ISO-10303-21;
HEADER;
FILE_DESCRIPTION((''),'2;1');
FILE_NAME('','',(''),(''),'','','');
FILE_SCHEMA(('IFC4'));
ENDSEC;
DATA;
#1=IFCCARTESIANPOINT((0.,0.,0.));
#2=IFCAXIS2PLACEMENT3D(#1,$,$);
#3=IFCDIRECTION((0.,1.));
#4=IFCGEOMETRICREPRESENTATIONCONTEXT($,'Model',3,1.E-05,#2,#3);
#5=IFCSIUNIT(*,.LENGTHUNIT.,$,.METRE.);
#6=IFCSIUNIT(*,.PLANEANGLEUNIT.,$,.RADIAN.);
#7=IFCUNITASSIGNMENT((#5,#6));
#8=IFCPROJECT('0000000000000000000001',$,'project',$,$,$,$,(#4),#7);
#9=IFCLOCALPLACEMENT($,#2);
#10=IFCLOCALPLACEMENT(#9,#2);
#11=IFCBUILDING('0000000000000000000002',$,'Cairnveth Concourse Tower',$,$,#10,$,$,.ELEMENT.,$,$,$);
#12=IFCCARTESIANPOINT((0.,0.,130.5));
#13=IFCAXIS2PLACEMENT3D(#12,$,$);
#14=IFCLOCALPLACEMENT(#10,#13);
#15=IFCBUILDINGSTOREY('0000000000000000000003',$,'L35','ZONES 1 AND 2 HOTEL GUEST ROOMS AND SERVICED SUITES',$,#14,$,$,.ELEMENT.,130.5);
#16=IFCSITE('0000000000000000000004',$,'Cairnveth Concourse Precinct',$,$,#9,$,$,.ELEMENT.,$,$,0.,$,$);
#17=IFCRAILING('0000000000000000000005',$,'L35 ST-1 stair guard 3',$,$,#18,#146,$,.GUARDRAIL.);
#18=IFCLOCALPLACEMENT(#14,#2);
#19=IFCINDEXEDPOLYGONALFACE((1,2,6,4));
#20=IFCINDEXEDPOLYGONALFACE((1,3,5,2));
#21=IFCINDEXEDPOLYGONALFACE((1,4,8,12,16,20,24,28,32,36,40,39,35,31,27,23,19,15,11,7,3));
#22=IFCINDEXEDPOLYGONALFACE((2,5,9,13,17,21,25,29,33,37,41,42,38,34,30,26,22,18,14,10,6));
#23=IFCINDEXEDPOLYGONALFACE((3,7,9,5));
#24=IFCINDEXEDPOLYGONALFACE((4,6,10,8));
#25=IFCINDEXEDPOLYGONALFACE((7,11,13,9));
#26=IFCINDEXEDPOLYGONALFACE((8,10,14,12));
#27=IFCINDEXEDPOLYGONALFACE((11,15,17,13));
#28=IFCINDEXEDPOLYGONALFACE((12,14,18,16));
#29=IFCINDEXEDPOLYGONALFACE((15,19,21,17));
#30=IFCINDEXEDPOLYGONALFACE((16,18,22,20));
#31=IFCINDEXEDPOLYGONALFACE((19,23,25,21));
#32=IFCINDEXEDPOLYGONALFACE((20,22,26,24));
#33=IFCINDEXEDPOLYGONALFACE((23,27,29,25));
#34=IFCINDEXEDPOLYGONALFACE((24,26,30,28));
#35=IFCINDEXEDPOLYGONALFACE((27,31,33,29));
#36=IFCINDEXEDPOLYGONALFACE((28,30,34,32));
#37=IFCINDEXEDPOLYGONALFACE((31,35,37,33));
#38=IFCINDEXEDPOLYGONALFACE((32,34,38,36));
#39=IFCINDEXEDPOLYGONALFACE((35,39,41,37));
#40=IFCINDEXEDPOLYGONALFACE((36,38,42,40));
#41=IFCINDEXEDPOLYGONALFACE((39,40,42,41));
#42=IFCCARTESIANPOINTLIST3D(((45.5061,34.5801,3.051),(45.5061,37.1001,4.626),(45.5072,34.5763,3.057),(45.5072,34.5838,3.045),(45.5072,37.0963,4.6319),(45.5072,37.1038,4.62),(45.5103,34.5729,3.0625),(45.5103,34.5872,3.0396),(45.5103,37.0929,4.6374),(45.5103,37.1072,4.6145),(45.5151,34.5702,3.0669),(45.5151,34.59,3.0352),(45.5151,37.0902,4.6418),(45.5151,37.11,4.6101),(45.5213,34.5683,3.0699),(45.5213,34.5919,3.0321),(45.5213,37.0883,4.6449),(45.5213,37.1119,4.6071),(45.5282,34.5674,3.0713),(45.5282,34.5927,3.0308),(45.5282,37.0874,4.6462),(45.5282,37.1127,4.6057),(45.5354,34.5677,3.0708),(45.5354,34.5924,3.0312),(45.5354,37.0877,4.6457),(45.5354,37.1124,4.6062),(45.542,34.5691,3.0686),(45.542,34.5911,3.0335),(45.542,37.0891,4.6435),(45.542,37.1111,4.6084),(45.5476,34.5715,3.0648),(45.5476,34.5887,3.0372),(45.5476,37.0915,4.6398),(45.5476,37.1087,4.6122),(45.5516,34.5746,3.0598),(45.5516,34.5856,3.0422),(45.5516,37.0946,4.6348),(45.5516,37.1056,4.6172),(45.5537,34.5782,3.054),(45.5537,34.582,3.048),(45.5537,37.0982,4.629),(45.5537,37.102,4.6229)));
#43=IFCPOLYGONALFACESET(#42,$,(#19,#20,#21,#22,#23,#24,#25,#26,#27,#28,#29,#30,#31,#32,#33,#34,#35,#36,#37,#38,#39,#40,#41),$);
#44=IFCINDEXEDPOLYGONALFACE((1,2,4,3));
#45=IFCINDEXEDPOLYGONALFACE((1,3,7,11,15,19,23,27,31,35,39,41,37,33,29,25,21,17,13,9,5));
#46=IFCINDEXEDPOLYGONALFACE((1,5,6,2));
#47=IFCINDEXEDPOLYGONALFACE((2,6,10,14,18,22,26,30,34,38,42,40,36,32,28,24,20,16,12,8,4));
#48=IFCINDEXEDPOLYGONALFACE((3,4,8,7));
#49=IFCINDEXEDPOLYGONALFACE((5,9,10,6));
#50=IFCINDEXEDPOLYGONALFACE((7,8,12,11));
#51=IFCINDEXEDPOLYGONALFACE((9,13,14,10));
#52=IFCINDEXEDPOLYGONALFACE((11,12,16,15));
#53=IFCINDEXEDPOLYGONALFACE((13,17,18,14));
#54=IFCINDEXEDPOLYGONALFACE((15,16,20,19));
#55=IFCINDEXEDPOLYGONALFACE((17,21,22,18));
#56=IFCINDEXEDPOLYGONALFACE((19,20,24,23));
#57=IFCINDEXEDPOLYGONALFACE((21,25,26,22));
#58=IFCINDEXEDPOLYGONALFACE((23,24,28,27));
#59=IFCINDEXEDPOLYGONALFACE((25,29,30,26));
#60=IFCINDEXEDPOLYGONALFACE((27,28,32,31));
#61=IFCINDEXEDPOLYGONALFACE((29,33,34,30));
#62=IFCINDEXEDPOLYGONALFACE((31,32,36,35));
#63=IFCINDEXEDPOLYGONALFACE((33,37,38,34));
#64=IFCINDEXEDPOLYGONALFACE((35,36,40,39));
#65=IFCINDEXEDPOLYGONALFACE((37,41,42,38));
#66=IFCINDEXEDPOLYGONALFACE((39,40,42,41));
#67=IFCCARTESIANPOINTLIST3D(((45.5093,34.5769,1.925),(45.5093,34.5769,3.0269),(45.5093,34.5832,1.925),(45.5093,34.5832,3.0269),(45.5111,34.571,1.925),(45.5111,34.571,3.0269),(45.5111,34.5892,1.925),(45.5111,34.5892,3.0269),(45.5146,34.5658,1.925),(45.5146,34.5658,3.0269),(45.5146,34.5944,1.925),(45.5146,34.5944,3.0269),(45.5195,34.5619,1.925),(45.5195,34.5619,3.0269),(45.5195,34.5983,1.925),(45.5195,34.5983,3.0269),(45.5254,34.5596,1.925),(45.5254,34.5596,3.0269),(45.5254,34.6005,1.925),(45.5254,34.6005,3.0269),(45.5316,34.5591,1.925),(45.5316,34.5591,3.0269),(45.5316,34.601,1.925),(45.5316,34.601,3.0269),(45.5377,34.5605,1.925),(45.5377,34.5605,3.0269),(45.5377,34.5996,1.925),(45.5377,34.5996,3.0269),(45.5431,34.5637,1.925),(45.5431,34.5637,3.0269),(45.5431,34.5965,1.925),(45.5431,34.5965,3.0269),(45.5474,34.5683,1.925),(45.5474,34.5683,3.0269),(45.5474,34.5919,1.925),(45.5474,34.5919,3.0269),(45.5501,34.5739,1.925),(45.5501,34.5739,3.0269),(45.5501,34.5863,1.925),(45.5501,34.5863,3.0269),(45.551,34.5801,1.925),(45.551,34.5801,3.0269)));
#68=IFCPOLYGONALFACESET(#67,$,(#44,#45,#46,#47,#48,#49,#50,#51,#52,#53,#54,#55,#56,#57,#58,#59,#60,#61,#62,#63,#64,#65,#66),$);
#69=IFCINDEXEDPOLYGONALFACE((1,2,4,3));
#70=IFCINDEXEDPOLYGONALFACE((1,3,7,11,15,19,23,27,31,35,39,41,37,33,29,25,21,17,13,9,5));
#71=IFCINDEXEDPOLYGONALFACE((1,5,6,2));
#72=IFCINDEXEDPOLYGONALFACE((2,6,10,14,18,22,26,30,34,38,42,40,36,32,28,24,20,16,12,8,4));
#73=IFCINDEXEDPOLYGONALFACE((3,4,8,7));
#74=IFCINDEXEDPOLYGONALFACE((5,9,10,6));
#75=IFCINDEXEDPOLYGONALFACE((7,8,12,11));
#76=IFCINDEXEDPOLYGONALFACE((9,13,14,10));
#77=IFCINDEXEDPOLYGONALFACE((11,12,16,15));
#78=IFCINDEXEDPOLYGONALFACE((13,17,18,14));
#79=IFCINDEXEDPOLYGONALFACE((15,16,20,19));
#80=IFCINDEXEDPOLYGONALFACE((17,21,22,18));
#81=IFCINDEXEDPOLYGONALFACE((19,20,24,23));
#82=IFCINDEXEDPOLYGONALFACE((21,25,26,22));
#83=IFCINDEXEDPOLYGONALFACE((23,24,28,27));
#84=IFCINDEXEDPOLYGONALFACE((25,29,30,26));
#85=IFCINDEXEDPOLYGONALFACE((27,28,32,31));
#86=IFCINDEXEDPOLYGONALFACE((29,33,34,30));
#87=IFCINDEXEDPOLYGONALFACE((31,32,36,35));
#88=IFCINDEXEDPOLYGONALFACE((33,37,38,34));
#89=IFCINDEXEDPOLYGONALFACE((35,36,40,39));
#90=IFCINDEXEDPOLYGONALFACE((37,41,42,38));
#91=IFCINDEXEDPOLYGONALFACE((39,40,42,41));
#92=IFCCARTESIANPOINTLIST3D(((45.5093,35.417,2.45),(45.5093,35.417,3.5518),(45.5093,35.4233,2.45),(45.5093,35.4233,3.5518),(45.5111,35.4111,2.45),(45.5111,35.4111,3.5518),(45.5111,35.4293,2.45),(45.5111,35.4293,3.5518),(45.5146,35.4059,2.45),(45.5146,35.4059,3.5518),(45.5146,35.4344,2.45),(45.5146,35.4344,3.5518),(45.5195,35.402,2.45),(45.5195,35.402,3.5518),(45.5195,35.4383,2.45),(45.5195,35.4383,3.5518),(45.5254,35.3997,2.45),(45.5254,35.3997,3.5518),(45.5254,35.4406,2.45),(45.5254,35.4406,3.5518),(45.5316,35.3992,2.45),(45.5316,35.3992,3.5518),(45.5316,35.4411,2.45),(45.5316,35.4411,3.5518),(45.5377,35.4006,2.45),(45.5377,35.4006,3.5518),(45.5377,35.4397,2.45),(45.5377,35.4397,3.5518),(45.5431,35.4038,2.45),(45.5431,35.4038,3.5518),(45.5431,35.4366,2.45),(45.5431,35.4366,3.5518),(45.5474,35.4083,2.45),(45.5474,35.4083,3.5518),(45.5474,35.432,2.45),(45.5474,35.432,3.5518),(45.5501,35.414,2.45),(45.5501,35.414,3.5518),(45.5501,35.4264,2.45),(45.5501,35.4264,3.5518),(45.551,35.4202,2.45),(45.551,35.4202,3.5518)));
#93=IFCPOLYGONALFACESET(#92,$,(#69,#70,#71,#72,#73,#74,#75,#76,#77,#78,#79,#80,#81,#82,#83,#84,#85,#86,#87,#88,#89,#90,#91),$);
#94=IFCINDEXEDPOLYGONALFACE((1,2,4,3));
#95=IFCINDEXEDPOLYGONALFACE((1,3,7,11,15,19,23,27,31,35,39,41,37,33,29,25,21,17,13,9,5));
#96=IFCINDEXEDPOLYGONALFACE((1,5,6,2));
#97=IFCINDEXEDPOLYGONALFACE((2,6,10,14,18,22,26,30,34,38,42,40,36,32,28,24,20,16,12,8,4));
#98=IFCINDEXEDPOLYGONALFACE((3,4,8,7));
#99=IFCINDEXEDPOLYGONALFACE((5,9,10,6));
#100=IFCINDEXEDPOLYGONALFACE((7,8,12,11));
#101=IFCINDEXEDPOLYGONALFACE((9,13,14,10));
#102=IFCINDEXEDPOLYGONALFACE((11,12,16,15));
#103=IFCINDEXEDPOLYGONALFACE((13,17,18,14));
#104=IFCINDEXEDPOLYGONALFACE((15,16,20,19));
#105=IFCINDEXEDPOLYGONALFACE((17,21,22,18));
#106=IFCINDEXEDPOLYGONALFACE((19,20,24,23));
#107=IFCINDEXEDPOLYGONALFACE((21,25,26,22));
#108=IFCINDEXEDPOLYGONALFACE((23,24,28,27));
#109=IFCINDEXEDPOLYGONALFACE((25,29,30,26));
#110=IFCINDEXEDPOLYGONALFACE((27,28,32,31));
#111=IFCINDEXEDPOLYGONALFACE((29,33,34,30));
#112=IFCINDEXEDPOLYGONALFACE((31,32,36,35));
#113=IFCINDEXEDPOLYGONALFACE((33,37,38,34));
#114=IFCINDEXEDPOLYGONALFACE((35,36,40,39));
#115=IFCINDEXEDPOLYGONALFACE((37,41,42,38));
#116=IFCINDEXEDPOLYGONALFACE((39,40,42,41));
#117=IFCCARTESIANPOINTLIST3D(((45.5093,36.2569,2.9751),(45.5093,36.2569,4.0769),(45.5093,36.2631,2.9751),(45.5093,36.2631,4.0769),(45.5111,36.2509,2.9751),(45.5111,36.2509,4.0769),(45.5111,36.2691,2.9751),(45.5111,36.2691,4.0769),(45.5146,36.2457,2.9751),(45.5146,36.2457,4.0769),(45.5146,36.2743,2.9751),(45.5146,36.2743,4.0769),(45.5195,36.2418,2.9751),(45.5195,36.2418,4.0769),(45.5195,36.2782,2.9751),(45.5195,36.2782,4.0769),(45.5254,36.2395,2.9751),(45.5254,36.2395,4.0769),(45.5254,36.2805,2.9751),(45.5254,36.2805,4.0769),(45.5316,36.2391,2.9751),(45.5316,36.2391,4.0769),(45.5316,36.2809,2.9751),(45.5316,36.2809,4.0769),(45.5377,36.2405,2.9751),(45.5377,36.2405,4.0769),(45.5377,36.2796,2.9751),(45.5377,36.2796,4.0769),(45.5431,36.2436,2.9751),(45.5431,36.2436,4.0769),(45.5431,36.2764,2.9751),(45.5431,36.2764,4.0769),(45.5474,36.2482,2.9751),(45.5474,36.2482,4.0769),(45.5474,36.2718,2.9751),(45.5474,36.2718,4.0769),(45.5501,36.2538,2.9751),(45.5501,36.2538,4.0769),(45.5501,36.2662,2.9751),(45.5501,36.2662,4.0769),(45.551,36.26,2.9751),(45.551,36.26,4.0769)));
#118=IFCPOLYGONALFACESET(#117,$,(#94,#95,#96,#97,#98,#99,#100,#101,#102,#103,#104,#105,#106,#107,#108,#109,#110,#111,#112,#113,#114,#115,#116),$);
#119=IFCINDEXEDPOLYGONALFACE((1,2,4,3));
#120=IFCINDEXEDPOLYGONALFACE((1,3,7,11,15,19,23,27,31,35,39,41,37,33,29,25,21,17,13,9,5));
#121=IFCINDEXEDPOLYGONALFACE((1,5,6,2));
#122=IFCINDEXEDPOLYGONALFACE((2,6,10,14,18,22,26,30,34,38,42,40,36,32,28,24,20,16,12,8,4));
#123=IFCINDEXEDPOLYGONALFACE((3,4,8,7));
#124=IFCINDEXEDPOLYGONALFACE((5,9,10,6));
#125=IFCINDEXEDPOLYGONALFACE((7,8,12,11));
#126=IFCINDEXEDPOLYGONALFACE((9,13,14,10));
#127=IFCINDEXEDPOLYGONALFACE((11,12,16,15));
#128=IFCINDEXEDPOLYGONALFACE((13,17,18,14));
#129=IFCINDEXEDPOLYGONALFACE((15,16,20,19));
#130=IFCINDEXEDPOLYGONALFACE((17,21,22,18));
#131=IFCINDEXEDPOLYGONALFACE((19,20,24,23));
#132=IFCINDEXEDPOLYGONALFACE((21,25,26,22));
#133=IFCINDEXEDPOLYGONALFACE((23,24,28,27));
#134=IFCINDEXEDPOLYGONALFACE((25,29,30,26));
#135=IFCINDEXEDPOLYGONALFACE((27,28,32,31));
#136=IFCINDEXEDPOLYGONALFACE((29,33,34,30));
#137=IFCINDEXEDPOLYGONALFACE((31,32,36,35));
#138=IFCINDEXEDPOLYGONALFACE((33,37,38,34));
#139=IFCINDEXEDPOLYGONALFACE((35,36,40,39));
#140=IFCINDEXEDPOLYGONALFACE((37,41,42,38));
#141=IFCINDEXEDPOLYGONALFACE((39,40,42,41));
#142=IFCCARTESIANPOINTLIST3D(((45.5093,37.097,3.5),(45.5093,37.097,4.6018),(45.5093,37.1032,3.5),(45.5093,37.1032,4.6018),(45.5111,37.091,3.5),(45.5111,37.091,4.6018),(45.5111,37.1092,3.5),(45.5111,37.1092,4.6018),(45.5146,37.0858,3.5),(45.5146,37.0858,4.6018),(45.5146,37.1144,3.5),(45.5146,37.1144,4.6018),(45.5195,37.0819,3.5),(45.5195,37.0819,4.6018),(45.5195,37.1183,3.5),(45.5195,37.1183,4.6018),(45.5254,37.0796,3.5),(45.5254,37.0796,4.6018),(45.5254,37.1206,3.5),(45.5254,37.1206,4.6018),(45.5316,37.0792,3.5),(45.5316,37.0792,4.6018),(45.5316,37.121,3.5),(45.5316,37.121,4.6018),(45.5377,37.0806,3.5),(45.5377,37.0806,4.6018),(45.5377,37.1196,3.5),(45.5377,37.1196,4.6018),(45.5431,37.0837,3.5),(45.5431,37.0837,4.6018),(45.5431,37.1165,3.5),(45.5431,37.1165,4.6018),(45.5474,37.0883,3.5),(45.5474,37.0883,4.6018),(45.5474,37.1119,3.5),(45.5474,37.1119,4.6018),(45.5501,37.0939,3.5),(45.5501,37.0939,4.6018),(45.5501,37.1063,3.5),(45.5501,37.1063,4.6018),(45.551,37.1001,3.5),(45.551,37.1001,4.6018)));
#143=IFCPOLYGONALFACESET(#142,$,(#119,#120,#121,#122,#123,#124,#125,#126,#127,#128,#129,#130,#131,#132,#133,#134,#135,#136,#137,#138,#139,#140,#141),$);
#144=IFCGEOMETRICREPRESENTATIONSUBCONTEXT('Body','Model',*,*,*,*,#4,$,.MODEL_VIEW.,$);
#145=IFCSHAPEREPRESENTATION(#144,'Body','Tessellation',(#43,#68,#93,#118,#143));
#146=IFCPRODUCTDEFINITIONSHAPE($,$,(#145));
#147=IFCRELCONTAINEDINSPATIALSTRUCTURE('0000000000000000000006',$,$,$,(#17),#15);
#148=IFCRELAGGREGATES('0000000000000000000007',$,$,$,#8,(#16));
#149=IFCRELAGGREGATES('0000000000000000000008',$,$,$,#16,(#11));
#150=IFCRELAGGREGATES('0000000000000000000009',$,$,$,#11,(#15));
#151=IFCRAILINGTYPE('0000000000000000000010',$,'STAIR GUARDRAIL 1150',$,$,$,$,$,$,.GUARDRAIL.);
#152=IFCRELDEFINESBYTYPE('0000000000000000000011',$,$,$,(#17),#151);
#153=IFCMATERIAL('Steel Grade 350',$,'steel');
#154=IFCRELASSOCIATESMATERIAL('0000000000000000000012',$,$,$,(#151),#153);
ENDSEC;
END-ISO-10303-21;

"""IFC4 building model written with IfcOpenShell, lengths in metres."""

from ifc_helpers import new_model, si_unit, direction, frame, origin, origin_2d, place, context, subcontext, project, spatial, circle, extrude, material, type_object, element, save


model = new_model("IFC4")

# Units and contexts
model_context = context("Model", 3, precision=1e-05, world=origin(), true_north=direction((0.0, 1.0)))
body_context = subcontext(model_context, "Body", "Model", "MODEL_VIEW")
ifc_project = project(units=[si_unit("LENGTHUNIT", "METRE"), si_unit("PLANEANGLEUNIT", "RADIAN")], contexts=[model_context])

# Site, building, storey
site_placement = place(None, origin())
site = spatial("IfcSite", under=ifc_project, at=site_placement, Name="Cairnveth Concourse Precinct", CompositionType="ELEMENT", RefElevation=0.0)
building_placement = place(site_placement, origin())
building = spatial("IfcBuilding", under=site, at=building_placement, Name="Cairnveth Concourse Tower", CompositionType="ELEMENT")
storey_placement = place(building_placement, frame((0.0, 0.0, 130.5)))
storey = spatial("IfcBuildingStorey", under=building, at=storey_placement, Name="L35", Description="ZONES 1 AND 2 HOTEL GUEST ROOMS AND SERVICED SUITES", CompositionType="ELEMENT", Elevation=130.5)

# Shared definitions
ifc_material_1 = material(Name="Steel Grade 350", Category="steel")

# Railing
railing_type_1 = type_object("IfcRailingType", Name="STAIR GUARDRAIL 1150", PredefinedType="GUARDRAIL", material=ifc_material_1)
railing_1_placement = place(storey_placement, frame((45.53, 34.5801, 1.925)))
element("IfcRailing", 1, at=railing_1_placement, inside=storey, type_object=railing_type_1, Name="L35 ST-1 stair guard 3", PredefinedType="GUARDRAIL", context=body_context, shape_type="SweptSolid", body=[
    extrude(circle(Radius=0.0239, at=origin_2d()), frame((0.0, 0.0, 1.126), z_axis=(0.0, 0.848008, 0.529984), x_axis=(-1.0, 0.0, 0.0)), (0.0, 0.0, 1.0), 2.9717),
    extrude(circle(Radius=0.021, at=origin_2d()), origin(), (0.0, 0.0, 1.0), 1.1018),
    extrude(circle(Radius=0.021, at=origin_2d()), frame((0.0, 0.8401, 0.5249)), (0.0, 0.0, 1.0), 1.1018),
    extrude(circle(Radius=0.021, at=origin_2d()), frame((0.0, 1.6799, 1.05)), (0.0, 0.0, 1.0), 1.1018),
    extrude(circle(Radius=0.021, at=origin_2d()), frame((0.0, 2.52, 1.575)), (0.0, 0.0, 1.0), 1.1018),
])

save(model, "model.ifc")
